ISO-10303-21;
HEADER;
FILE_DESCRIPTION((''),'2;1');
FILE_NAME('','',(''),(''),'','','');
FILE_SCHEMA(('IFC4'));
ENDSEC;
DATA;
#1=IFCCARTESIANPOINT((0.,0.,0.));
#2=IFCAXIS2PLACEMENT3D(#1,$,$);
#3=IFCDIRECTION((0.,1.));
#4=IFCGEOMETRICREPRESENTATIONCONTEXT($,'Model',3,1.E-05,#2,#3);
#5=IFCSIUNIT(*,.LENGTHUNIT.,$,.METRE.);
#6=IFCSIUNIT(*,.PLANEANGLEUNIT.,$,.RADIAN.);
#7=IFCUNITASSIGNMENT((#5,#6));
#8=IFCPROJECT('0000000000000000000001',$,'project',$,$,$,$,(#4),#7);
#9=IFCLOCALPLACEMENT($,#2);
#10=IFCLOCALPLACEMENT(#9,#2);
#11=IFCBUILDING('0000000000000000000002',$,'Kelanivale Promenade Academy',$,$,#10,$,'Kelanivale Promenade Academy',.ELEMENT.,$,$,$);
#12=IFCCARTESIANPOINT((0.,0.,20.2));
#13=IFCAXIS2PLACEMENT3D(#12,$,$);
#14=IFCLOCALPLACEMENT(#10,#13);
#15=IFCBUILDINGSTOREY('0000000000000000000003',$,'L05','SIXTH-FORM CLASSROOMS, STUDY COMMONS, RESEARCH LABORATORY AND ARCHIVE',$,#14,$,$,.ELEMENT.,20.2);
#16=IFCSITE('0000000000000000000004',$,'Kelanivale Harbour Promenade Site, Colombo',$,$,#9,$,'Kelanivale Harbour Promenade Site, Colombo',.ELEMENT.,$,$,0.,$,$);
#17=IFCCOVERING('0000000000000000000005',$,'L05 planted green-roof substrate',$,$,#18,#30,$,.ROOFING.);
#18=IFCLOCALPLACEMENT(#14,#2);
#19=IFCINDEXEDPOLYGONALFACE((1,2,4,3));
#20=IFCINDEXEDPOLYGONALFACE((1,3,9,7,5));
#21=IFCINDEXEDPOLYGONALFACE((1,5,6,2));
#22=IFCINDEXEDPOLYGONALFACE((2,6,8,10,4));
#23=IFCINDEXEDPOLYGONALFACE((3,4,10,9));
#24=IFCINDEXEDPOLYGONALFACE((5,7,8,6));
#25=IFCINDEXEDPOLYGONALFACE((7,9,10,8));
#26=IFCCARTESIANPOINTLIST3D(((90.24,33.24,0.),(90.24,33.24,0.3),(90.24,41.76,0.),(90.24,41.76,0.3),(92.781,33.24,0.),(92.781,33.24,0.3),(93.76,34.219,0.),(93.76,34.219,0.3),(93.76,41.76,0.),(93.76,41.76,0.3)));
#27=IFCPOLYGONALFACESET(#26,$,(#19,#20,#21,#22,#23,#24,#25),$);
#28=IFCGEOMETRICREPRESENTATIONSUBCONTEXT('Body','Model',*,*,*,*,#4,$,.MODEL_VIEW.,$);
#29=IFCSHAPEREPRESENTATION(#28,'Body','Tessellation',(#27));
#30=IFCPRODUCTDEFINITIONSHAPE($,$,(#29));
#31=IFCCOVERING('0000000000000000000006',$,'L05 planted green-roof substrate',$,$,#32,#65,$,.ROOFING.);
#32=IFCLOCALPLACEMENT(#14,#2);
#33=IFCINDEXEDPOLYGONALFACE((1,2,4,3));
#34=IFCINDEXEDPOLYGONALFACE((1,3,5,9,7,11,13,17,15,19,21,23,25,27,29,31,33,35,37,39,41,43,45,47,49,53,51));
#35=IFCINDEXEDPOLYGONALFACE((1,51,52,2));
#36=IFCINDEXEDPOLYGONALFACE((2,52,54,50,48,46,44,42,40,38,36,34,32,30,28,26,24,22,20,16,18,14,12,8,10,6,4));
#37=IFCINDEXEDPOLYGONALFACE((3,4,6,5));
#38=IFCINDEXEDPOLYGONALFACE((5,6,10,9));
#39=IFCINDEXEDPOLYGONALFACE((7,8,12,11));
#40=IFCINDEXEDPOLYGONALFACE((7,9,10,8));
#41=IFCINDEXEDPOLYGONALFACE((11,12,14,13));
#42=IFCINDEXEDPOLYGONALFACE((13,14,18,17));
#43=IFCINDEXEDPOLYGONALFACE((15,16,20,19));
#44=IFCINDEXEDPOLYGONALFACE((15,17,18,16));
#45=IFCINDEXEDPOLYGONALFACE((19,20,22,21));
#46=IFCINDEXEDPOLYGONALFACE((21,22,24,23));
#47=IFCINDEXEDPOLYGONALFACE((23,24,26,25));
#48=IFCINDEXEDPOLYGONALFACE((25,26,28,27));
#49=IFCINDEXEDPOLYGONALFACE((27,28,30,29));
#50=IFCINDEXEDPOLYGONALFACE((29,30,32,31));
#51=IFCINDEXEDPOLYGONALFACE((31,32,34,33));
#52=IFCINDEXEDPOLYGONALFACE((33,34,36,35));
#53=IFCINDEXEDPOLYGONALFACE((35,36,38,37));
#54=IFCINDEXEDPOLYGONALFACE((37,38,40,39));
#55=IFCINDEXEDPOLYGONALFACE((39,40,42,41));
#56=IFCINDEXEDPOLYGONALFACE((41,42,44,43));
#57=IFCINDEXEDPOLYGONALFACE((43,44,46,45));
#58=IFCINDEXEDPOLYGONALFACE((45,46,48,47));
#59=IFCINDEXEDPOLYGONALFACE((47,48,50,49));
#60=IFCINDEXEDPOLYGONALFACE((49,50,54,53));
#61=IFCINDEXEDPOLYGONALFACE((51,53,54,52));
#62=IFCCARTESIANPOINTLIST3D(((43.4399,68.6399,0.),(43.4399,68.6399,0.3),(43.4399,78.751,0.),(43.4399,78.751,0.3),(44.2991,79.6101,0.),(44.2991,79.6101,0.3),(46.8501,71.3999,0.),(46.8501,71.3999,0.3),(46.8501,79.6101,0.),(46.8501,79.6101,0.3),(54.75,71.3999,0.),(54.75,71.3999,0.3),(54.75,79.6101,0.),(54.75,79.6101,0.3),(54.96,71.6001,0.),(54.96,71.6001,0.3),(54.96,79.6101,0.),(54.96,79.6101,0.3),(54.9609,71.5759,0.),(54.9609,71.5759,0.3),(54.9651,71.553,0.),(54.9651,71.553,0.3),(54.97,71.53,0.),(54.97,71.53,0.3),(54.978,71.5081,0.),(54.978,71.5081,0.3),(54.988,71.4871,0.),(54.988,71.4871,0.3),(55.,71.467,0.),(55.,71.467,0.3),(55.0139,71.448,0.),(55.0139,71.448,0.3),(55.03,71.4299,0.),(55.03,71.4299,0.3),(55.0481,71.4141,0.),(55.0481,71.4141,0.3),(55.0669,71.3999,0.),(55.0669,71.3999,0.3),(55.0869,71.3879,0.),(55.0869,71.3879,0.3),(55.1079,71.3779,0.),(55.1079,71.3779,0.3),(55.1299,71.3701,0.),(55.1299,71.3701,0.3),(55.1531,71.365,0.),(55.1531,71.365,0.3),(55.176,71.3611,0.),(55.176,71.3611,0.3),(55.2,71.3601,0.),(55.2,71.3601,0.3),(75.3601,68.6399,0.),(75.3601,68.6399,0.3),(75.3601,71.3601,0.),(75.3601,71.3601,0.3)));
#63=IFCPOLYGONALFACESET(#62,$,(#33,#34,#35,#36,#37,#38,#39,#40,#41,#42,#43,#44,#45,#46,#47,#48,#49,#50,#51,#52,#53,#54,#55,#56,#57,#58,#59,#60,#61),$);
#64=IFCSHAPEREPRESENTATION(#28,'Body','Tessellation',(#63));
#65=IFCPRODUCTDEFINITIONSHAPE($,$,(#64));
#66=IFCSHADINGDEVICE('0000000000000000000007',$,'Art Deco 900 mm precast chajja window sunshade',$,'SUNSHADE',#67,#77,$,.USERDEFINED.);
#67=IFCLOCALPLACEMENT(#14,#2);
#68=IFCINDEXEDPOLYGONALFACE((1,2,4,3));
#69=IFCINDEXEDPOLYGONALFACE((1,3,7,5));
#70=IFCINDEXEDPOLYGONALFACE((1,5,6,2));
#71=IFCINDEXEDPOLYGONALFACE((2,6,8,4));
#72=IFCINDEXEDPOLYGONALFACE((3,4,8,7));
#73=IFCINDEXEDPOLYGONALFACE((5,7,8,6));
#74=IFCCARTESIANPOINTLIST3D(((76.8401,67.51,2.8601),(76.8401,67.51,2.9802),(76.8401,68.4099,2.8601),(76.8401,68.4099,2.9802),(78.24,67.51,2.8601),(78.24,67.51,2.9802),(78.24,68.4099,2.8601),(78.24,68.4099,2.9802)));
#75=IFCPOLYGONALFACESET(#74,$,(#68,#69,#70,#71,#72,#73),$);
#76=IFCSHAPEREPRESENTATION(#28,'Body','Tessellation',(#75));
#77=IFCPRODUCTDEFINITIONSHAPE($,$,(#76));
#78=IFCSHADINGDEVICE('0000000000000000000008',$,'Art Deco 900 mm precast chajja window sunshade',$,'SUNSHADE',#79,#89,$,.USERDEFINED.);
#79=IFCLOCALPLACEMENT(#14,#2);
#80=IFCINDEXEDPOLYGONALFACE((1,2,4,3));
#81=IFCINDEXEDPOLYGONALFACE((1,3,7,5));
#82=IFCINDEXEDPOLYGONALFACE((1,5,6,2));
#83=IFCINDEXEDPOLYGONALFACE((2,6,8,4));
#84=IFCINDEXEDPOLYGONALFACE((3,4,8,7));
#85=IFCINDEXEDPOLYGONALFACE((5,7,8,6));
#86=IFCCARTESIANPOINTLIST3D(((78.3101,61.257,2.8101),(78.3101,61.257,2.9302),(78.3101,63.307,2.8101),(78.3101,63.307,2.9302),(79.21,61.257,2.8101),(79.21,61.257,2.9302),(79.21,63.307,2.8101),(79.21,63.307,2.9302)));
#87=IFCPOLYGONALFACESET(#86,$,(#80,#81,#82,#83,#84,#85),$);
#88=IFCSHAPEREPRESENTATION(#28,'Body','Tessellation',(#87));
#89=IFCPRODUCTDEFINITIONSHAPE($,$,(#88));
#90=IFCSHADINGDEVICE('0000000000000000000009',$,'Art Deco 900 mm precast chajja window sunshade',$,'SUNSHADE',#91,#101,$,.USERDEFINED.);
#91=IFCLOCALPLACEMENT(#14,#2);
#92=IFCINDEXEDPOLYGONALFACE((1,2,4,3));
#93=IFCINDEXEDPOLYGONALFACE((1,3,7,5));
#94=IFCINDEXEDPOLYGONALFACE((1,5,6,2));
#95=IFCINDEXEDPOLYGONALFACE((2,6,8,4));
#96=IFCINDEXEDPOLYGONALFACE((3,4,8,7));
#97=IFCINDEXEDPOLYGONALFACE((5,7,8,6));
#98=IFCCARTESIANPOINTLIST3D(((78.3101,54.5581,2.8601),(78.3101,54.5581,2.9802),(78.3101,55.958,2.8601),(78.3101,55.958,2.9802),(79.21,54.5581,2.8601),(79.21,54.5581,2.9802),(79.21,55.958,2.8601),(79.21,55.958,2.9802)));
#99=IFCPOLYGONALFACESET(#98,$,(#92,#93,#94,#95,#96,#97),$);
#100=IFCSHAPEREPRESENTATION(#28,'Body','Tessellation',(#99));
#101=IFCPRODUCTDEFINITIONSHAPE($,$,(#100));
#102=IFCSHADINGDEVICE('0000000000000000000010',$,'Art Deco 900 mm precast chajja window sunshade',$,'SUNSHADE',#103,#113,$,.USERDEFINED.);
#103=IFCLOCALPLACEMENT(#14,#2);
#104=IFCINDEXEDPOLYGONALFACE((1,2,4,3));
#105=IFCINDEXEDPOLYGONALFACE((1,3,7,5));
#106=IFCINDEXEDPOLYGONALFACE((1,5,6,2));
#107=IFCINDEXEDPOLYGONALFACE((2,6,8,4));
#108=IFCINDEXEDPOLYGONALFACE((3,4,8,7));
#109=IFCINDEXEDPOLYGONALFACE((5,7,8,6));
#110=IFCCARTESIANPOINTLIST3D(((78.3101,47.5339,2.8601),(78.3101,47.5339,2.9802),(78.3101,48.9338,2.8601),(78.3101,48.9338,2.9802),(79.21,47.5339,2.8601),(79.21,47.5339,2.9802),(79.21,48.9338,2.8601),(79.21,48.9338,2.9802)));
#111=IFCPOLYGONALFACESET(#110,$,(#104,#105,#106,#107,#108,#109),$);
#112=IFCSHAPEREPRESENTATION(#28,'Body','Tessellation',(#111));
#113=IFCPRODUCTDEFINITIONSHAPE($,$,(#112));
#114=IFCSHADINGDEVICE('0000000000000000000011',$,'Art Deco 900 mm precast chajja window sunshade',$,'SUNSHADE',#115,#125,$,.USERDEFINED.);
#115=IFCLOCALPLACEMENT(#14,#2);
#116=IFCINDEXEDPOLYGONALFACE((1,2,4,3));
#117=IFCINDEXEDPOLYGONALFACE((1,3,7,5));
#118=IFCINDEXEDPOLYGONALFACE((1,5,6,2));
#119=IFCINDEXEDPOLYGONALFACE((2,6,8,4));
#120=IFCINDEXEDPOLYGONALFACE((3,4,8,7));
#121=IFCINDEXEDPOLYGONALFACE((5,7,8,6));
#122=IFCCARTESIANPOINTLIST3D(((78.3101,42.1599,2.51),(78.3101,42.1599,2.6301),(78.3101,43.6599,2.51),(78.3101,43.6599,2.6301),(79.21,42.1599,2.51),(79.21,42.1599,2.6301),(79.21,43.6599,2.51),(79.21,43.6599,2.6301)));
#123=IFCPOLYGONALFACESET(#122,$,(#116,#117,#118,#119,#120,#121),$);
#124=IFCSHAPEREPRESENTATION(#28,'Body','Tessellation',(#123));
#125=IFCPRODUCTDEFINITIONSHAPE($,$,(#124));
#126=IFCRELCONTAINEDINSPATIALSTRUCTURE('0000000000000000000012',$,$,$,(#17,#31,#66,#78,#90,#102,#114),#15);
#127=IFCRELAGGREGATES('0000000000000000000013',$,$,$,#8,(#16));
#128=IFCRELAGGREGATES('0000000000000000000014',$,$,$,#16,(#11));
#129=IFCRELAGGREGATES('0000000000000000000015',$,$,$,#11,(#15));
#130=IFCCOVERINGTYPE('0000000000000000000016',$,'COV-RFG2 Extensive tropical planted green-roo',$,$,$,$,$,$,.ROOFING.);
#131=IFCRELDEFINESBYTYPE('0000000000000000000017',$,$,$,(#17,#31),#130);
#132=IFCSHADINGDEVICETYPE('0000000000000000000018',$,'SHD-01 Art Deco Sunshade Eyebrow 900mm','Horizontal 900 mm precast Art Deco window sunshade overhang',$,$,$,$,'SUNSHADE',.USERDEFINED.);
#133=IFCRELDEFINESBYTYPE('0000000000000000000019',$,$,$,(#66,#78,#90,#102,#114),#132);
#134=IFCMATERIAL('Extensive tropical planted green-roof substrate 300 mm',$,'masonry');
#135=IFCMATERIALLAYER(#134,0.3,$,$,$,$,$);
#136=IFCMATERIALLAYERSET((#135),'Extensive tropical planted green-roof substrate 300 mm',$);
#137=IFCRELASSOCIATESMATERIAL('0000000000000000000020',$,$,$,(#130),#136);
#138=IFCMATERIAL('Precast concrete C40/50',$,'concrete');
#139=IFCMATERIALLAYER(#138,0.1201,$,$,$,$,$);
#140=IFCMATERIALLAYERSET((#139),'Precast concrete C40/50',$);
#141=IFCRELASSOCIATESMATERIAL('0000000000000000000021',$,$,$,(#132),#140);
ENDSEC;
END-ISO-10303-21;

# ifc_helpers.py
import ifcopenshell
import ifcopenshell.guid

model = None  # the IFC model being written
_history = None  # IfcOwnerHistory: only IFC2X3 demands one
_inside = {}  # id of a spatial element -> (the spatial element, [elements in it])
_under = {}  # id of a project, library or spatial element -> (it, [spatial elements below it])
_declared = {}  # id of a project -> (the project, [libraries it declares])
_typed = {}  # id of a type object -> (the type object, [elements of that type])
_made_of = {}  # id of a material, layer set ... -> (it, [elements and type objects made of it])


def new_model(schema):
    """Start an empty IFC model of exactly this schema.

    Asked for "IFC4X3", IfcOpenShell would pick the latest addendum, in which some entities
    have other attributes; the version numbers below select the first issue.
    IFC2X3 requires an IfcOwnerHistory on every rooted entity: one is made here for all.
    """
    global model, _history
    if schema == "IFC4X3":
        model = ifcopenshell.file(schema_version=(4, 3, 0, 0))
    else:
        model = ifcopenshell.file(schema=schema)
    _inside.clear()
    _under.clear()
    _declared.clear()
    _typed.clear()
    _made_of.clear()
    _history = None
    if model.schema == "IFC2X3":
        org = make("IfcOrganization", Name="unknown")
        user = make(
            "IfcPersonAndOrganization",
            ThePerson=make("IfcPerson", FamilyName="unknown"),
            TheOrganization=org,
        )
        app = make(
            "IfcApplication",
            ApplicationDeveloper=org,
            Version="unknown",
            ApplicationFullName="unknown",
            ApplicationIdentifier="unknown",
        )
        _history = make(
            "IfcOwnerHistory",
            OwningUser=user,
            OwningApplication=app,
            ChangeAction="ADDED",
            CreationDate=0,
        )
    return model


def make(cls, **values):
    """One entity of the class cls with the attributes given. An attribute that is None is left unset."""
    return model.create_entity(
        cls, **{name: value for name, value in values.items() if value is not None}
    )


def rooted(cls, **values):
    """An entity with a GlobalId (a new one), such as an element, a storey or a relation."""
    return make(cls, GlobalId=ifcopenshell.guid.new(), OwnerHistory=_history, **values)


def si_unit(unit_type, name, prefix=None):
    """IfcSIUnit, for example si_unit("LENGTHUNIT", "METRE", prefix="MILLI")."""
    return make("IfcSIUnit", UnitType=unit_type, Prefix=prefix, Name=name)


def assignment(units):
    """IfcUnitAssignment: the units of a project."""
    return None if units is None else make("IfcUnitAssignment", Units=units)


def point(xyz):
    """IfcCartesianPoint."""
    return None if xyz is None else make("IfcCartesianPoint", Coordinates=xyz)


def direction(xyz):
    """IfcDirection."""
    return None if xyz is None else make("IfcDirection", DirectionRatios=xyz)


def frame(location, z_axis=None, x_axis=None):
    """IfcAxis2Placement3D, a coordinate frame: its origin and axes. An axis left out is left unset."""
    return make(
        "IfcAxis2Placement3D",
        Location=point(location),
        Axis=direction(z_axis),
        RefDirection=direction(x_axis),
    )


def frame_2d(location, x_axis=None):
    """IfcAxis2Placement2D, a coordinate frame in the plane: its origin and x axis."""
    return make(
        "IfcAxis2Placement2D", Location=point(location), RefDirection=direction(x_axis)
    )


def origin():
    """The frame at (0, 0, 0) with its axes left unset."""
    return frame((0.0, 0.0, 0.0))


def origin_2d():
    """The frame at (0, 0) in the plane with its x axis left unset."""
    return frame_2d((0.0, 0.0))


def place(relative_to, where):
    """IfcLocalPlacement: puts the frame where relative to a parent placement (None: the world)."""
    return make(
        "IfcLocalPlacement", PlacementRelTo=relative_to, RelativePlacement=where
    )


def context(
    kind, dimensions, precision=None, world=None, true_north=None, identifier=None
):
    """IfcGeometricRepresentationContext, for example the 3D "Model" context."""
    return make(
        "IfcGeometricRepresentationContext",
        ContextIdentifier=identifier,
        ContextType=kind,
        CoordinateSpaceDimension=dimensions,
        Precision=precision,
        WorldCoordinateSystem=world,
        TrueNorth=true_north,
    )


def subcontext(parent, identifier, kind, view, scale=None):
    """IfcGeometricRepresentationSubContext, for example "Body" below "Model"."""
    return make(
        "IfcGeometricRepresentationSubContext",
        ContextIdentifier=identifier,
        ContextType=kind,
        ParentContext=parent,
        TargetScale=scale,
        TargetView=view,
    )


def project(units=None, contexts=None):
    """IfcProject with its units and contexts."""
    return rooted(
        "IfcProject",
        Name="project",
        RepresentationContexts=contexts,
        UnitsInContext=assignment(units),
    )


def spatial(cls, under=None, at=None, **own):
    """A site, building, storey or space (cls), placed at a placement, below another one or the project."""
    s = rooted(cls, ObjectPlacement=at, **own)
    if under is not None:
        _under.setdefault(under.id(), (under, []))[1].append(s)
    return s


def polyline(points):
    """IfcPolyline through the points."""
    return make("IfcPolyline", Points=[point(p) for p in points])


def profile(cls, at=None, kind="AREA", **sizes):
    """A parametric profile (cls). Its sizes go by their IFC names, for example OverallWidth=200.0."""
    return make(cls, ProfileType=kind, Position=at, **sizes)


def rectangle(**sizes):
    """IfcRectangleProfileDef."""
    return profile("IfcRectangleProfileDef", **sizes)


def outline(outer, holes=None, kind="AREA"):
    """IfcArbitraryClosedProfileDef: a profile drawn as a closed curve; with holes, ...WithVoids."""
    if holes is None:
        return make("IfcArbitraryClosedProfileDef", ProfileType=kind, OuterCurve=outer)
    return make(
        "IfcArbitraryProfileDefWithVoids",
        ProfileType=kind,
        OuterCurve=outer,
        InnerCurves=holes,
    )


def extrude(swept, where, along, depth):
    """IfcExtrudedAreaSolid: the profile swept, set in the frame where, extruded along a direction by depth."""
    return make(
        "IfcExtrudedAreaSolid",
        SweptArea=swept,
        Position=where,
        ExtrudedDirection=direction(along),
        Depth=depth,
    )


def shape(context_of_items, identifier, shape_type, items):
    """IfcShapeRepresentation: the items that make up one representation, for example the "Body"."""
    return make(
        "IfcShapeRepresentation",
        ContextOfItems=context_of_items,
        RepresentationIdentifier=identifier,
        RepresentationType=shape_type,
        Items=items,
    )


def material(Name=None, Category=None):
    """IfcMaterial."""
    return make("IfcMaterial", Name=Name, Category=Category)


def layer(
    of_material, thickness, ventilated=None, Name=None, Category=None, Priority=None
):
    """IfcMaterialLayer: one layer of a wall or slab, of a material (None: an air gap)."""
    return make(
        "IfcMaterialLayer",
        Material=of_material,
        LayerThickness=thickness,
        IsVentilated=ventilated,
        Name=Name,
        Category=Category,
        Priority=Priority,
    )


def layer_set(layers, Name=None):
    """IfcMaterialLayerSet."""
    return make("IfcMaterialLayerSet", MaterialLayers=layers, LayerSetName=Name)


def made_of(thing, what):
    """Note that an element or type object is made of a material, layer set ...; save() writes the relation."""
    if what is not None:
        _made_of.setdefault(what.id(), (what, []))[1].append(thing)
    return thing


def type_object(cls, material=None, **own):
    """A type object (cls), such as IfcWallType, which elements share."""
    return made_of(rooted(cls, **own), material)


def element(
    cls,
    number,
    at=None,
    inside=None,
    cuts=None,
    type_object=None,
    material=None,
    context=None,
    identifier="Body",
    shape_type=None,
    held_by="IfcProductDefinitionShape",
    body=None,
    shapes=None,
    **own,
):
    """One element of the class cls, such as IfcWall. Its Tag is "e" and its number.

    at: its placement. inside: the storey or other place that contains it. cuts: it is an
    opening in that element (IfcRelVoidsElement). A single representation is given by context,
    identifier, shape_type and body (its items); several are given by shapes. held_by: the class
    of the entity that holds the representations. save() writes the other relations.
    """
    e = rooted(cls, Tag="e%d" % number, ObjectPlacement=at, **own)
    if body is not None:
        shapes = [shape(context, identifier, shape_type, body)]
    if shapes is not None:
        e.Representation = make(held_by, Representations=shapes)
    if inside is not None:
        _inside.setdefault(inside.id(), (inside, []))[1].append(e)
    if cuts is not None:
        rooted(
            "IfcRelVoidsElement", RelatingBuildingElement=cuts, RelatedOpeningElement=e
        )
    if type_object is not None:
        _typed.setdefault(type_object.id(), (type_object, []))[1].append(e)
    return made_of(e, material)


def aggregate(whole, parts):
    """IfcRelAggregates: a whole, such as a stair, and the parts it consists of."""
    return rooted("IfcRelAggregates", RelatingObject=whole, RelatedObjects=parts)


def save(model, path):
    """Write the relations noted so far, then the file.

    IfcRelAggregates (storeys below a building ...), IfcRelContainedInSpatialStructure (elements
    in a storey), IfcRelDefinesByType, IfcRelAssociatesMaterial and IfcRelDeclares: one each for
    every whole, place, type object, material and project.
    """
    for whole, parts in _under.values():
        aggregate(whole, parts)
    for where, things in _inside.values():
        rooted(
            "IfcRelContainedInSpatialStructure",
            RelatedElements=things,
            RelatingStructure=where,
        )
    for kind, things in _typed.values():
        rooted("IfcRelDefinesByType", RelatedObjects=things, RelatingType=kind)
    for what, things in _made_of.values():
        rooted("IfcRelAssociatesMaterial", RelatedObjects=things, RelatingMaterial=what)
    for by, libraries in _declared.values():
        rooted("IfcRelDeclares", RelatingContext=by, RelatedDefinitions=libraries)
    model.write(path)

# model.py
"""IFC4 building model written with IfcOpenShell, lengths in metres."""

from ifc_helpers import new_model, si_unit, direction, frame, origin, origin_2d, place, context, subcontext, project, spatial, polyline, rectangle, outline, extrude, material, layer, layer_set, type_object, element, save


model = new_model("IFC4")

# Units and contexts
model_context = context("Model", 3, precision=1e-05, world=origin(), true_north=direction((0.0, 1.0)))
body_context = subcontext(model_context, "Body", "Model", "MODEL_VIEW")
ifc_project = project(units=[si_unit("LENGTHUNIT", "METRE"), si_unit("PLANEANGLEUNIT", "RADIAN")], contexts=[model_context])

# Site, building, storey
site_placement = place(None, origin())
site = spatial("IfcSite", under=ifc_project, at=site_placement, Name="Kelanivale Harbour Promenade Site, Colombo", LongName="Kelanivale Harbour Promenade Site, Colombo", CompositionType="ELEMENT", RefElevation=0.0)
building_placement = place(site_placement, origin())
building = spatial("IfcBuilding", under=site, at=building_placement, Name="Kelanivale Promenade Academy", LongName="Kelanivale Promenade Academy", CompositionType="ELEMENT")
storey_placement = place(building_placement, frame((0.0, 0.0, 20.2)))
storey = spatial("IfcBuildingStorey", under=building, at=storey_placement, Name="L05", Description="SIXTH-FORM CLASSROOMS, STUDY COMMONS, RESEARCH LABORATORY AND ARCHIVE", CompositionType="ELEMENT", Elevation=20.2)

# Coverings
ifc_material_1 = material(Name="Extensive tropical planted green-roof substrate 300 mm", Category="masonry")
ifc_layer_1 = layer(ifc_material_1, 0.3)
ifc_layer_set_1 = layer_set([ifc_layer_1], Name="Extensive tropical planted green-roof substrate 300 mm")
covering_type_1 = type_object("IfcCoveringType", Name="COV-RFG2 Extensive tropical planted green-roo", PredefinedType="ROOFING", material=ifc_layer_set_1)
covering_1_placement = place(storey_placement, origin())
element("IfcCovering", 1, at=covering_1_placement, inside=storey, type_object=covering_type_1, Name="L05 planted green-roof substrate", PredefinedType="ROOFING", context=body_context, shape_type="SweptSolid", body=[
    extrude(outline(polyline([(92.781, 33.24), (93.76, 34.219), (93.76, 41.76), (90.24, 41.76), (90.24, 33.24), (92.781, 33.24)])), origin(), (0.0, 0.0, 1.0), 0.3),
])
covering_2_placement = place(storey_placement, origin())
element("IfcCovering", 2, at=covering_2_placement, inside=storey, type_object=covering_type_1, Name="L05 planted green-roof substrate", PredefinedType="ROOFING", context=body_context, shape_type="SweptSolid", body=[
    extrude(outline(polyline([(54.96, 71.6001), (54.96, 79.6101), (54.75, 79.6101), (54.75, 71.3999), (46.8501, 71.3999), (46.8501, 79.6101), (44.2991, 79.6101), (43.4399, 78.751), (43.4399, 68.6399), (75.3601, 68.6399), (75.3601, 71.3601), (55.2, 71.3601), (55.176, 71.3611), (55.1531, 71.365), (55.1299, 71.3701), (55.1079, 71.3779), (55.0869, 71.3879), (55.0669, 71.3999), (55.0481, 71.4141), (55.03, 71.4299), (55.0139, 71.448), (55.0, 71.467), (54.988, 71.4871), (54.978, 71.5081), (54.97, 71.53), (54.9651, 71.553), (54.9609, 71.5759), (54.96, 71.6001)])), origin(), (0.0, 0.0, 1.0), 0.3),
])

# Shading devices
ifc_material_2 = material(Name="Precast concrete C40/50", Category="concrete")
ifc_layer_2 = layer(ifc_material_2, 0.1201)
ifc_layer_set_2 = layer_set([ifc_layer_2], Name="Precast concrete C40/50")
shading_device_type = type_object("IfcShadingDeviceType", Name="SHD-01 Art Deco Sunshade Eyebrow 900mm", Description="Horizontal 900 mm precast Art Deco window sunshade overhang", ElementType="SUNSHADE", PredefinedType="USERDEFINED", material=ifc_layer_set_2)
shading_device_1_placement = place(storey_placement, frame((77.54, 67.96, 2.8601), z_axis=(0.0, 0.0, 1.0), x_axis=(1.0, 0.0, 0.0)))
element("IfcShadingDevice", 3, at=shading_device_1_placement, inside=storey, type_object=shading_device_type, Name="Art Deco 900 mm precast chajja window sunshade", ObjectType="SUNSHADE", PredefinedType="USERDEFINED", context=body_context, shape_type="SweptSolid", body=[
    extrude(rectangle(XDim=1.3999, YDim=0.8999, at=origin_2d()), origin(), (0.0, 0.0, 1.0), 0.1201),
])
shading_device_2_placement = place(storey_placement, frame((78.76, 62.282, 2.8101), z_axis=(0.0, 0.0, 1.0), x_axis=(0.0, -1.0, 0.0)))
element("IfcShadingDevice", 4, at=shading_device_2_placement, inside=storey, type_object=shading_device_type, Name="Art Deco 900 mm precast chajja window sunshade", ObjectType="SUNSHADE", PredefinedType="USERDEFINED", context=body_context, shape_type="SweptSolid", body=[
    extrude(rectangle(XDim=2.05, YDim=0.8999, at=origin_2d()), origin(), (0.0, 0.0, 1.0), 0.1201),
])
for number, where, z_axis, x_axis, name in (
    (5, (78.76, 55.2581, 2.8601), (0.0, 0.0, 1.0), (0.0, -1.0, 0.0), "Art Deco 900 mm precast chajja window sunshade"),
    (6, (78.76, 48.2339, 2.8601), (0.0, 0.0, 1.0), (0.0, -1.0, 0.0), "Art Deco 900 mm precast chajja window sunshade"),
):
    element("IfcShadingDevice", number, at=place(storey_placement, frame(where, z_axis=z_axis, x_axis=x_axis)), inside=storey, type_object=shading_device_type, Name=name, ObjectType="SUNSHADE", PredefinedType="USERDEFINED", context=body_context, shape_type="SweptSolid", body=[
        extrude(rectangle(XDim=1.3999, YDim=0.8999, at=origin_2d()), origin(), (0.0, 0.0, 1.0), 0.1201),
    ])
shading_device_3_placement = place(storey_placement, frame((78.76, 42.9099, 2.51), z_axis=(0.0, 0.0, 1.0), x_axis=(0.0, -1.0, 0.0)))
element("IfcShadingDevice", 7, at=shading_device_3_placement, inside=storey, type_object=shading_device_type, Name="Art Deco 900 mm precast chajja window sunshade", ObjectType="SUNSHADE", PredefinedType="USERDEFINED", context=body_context, shape_type="SweptSolid", body=[
    extrude(rectangle(XDim=1.5, YDim=0.8999, at=origin_2d()), origin(), (0.0, 0.0, 1.0), 0.1201),
])

save(model, "model.ifc")
